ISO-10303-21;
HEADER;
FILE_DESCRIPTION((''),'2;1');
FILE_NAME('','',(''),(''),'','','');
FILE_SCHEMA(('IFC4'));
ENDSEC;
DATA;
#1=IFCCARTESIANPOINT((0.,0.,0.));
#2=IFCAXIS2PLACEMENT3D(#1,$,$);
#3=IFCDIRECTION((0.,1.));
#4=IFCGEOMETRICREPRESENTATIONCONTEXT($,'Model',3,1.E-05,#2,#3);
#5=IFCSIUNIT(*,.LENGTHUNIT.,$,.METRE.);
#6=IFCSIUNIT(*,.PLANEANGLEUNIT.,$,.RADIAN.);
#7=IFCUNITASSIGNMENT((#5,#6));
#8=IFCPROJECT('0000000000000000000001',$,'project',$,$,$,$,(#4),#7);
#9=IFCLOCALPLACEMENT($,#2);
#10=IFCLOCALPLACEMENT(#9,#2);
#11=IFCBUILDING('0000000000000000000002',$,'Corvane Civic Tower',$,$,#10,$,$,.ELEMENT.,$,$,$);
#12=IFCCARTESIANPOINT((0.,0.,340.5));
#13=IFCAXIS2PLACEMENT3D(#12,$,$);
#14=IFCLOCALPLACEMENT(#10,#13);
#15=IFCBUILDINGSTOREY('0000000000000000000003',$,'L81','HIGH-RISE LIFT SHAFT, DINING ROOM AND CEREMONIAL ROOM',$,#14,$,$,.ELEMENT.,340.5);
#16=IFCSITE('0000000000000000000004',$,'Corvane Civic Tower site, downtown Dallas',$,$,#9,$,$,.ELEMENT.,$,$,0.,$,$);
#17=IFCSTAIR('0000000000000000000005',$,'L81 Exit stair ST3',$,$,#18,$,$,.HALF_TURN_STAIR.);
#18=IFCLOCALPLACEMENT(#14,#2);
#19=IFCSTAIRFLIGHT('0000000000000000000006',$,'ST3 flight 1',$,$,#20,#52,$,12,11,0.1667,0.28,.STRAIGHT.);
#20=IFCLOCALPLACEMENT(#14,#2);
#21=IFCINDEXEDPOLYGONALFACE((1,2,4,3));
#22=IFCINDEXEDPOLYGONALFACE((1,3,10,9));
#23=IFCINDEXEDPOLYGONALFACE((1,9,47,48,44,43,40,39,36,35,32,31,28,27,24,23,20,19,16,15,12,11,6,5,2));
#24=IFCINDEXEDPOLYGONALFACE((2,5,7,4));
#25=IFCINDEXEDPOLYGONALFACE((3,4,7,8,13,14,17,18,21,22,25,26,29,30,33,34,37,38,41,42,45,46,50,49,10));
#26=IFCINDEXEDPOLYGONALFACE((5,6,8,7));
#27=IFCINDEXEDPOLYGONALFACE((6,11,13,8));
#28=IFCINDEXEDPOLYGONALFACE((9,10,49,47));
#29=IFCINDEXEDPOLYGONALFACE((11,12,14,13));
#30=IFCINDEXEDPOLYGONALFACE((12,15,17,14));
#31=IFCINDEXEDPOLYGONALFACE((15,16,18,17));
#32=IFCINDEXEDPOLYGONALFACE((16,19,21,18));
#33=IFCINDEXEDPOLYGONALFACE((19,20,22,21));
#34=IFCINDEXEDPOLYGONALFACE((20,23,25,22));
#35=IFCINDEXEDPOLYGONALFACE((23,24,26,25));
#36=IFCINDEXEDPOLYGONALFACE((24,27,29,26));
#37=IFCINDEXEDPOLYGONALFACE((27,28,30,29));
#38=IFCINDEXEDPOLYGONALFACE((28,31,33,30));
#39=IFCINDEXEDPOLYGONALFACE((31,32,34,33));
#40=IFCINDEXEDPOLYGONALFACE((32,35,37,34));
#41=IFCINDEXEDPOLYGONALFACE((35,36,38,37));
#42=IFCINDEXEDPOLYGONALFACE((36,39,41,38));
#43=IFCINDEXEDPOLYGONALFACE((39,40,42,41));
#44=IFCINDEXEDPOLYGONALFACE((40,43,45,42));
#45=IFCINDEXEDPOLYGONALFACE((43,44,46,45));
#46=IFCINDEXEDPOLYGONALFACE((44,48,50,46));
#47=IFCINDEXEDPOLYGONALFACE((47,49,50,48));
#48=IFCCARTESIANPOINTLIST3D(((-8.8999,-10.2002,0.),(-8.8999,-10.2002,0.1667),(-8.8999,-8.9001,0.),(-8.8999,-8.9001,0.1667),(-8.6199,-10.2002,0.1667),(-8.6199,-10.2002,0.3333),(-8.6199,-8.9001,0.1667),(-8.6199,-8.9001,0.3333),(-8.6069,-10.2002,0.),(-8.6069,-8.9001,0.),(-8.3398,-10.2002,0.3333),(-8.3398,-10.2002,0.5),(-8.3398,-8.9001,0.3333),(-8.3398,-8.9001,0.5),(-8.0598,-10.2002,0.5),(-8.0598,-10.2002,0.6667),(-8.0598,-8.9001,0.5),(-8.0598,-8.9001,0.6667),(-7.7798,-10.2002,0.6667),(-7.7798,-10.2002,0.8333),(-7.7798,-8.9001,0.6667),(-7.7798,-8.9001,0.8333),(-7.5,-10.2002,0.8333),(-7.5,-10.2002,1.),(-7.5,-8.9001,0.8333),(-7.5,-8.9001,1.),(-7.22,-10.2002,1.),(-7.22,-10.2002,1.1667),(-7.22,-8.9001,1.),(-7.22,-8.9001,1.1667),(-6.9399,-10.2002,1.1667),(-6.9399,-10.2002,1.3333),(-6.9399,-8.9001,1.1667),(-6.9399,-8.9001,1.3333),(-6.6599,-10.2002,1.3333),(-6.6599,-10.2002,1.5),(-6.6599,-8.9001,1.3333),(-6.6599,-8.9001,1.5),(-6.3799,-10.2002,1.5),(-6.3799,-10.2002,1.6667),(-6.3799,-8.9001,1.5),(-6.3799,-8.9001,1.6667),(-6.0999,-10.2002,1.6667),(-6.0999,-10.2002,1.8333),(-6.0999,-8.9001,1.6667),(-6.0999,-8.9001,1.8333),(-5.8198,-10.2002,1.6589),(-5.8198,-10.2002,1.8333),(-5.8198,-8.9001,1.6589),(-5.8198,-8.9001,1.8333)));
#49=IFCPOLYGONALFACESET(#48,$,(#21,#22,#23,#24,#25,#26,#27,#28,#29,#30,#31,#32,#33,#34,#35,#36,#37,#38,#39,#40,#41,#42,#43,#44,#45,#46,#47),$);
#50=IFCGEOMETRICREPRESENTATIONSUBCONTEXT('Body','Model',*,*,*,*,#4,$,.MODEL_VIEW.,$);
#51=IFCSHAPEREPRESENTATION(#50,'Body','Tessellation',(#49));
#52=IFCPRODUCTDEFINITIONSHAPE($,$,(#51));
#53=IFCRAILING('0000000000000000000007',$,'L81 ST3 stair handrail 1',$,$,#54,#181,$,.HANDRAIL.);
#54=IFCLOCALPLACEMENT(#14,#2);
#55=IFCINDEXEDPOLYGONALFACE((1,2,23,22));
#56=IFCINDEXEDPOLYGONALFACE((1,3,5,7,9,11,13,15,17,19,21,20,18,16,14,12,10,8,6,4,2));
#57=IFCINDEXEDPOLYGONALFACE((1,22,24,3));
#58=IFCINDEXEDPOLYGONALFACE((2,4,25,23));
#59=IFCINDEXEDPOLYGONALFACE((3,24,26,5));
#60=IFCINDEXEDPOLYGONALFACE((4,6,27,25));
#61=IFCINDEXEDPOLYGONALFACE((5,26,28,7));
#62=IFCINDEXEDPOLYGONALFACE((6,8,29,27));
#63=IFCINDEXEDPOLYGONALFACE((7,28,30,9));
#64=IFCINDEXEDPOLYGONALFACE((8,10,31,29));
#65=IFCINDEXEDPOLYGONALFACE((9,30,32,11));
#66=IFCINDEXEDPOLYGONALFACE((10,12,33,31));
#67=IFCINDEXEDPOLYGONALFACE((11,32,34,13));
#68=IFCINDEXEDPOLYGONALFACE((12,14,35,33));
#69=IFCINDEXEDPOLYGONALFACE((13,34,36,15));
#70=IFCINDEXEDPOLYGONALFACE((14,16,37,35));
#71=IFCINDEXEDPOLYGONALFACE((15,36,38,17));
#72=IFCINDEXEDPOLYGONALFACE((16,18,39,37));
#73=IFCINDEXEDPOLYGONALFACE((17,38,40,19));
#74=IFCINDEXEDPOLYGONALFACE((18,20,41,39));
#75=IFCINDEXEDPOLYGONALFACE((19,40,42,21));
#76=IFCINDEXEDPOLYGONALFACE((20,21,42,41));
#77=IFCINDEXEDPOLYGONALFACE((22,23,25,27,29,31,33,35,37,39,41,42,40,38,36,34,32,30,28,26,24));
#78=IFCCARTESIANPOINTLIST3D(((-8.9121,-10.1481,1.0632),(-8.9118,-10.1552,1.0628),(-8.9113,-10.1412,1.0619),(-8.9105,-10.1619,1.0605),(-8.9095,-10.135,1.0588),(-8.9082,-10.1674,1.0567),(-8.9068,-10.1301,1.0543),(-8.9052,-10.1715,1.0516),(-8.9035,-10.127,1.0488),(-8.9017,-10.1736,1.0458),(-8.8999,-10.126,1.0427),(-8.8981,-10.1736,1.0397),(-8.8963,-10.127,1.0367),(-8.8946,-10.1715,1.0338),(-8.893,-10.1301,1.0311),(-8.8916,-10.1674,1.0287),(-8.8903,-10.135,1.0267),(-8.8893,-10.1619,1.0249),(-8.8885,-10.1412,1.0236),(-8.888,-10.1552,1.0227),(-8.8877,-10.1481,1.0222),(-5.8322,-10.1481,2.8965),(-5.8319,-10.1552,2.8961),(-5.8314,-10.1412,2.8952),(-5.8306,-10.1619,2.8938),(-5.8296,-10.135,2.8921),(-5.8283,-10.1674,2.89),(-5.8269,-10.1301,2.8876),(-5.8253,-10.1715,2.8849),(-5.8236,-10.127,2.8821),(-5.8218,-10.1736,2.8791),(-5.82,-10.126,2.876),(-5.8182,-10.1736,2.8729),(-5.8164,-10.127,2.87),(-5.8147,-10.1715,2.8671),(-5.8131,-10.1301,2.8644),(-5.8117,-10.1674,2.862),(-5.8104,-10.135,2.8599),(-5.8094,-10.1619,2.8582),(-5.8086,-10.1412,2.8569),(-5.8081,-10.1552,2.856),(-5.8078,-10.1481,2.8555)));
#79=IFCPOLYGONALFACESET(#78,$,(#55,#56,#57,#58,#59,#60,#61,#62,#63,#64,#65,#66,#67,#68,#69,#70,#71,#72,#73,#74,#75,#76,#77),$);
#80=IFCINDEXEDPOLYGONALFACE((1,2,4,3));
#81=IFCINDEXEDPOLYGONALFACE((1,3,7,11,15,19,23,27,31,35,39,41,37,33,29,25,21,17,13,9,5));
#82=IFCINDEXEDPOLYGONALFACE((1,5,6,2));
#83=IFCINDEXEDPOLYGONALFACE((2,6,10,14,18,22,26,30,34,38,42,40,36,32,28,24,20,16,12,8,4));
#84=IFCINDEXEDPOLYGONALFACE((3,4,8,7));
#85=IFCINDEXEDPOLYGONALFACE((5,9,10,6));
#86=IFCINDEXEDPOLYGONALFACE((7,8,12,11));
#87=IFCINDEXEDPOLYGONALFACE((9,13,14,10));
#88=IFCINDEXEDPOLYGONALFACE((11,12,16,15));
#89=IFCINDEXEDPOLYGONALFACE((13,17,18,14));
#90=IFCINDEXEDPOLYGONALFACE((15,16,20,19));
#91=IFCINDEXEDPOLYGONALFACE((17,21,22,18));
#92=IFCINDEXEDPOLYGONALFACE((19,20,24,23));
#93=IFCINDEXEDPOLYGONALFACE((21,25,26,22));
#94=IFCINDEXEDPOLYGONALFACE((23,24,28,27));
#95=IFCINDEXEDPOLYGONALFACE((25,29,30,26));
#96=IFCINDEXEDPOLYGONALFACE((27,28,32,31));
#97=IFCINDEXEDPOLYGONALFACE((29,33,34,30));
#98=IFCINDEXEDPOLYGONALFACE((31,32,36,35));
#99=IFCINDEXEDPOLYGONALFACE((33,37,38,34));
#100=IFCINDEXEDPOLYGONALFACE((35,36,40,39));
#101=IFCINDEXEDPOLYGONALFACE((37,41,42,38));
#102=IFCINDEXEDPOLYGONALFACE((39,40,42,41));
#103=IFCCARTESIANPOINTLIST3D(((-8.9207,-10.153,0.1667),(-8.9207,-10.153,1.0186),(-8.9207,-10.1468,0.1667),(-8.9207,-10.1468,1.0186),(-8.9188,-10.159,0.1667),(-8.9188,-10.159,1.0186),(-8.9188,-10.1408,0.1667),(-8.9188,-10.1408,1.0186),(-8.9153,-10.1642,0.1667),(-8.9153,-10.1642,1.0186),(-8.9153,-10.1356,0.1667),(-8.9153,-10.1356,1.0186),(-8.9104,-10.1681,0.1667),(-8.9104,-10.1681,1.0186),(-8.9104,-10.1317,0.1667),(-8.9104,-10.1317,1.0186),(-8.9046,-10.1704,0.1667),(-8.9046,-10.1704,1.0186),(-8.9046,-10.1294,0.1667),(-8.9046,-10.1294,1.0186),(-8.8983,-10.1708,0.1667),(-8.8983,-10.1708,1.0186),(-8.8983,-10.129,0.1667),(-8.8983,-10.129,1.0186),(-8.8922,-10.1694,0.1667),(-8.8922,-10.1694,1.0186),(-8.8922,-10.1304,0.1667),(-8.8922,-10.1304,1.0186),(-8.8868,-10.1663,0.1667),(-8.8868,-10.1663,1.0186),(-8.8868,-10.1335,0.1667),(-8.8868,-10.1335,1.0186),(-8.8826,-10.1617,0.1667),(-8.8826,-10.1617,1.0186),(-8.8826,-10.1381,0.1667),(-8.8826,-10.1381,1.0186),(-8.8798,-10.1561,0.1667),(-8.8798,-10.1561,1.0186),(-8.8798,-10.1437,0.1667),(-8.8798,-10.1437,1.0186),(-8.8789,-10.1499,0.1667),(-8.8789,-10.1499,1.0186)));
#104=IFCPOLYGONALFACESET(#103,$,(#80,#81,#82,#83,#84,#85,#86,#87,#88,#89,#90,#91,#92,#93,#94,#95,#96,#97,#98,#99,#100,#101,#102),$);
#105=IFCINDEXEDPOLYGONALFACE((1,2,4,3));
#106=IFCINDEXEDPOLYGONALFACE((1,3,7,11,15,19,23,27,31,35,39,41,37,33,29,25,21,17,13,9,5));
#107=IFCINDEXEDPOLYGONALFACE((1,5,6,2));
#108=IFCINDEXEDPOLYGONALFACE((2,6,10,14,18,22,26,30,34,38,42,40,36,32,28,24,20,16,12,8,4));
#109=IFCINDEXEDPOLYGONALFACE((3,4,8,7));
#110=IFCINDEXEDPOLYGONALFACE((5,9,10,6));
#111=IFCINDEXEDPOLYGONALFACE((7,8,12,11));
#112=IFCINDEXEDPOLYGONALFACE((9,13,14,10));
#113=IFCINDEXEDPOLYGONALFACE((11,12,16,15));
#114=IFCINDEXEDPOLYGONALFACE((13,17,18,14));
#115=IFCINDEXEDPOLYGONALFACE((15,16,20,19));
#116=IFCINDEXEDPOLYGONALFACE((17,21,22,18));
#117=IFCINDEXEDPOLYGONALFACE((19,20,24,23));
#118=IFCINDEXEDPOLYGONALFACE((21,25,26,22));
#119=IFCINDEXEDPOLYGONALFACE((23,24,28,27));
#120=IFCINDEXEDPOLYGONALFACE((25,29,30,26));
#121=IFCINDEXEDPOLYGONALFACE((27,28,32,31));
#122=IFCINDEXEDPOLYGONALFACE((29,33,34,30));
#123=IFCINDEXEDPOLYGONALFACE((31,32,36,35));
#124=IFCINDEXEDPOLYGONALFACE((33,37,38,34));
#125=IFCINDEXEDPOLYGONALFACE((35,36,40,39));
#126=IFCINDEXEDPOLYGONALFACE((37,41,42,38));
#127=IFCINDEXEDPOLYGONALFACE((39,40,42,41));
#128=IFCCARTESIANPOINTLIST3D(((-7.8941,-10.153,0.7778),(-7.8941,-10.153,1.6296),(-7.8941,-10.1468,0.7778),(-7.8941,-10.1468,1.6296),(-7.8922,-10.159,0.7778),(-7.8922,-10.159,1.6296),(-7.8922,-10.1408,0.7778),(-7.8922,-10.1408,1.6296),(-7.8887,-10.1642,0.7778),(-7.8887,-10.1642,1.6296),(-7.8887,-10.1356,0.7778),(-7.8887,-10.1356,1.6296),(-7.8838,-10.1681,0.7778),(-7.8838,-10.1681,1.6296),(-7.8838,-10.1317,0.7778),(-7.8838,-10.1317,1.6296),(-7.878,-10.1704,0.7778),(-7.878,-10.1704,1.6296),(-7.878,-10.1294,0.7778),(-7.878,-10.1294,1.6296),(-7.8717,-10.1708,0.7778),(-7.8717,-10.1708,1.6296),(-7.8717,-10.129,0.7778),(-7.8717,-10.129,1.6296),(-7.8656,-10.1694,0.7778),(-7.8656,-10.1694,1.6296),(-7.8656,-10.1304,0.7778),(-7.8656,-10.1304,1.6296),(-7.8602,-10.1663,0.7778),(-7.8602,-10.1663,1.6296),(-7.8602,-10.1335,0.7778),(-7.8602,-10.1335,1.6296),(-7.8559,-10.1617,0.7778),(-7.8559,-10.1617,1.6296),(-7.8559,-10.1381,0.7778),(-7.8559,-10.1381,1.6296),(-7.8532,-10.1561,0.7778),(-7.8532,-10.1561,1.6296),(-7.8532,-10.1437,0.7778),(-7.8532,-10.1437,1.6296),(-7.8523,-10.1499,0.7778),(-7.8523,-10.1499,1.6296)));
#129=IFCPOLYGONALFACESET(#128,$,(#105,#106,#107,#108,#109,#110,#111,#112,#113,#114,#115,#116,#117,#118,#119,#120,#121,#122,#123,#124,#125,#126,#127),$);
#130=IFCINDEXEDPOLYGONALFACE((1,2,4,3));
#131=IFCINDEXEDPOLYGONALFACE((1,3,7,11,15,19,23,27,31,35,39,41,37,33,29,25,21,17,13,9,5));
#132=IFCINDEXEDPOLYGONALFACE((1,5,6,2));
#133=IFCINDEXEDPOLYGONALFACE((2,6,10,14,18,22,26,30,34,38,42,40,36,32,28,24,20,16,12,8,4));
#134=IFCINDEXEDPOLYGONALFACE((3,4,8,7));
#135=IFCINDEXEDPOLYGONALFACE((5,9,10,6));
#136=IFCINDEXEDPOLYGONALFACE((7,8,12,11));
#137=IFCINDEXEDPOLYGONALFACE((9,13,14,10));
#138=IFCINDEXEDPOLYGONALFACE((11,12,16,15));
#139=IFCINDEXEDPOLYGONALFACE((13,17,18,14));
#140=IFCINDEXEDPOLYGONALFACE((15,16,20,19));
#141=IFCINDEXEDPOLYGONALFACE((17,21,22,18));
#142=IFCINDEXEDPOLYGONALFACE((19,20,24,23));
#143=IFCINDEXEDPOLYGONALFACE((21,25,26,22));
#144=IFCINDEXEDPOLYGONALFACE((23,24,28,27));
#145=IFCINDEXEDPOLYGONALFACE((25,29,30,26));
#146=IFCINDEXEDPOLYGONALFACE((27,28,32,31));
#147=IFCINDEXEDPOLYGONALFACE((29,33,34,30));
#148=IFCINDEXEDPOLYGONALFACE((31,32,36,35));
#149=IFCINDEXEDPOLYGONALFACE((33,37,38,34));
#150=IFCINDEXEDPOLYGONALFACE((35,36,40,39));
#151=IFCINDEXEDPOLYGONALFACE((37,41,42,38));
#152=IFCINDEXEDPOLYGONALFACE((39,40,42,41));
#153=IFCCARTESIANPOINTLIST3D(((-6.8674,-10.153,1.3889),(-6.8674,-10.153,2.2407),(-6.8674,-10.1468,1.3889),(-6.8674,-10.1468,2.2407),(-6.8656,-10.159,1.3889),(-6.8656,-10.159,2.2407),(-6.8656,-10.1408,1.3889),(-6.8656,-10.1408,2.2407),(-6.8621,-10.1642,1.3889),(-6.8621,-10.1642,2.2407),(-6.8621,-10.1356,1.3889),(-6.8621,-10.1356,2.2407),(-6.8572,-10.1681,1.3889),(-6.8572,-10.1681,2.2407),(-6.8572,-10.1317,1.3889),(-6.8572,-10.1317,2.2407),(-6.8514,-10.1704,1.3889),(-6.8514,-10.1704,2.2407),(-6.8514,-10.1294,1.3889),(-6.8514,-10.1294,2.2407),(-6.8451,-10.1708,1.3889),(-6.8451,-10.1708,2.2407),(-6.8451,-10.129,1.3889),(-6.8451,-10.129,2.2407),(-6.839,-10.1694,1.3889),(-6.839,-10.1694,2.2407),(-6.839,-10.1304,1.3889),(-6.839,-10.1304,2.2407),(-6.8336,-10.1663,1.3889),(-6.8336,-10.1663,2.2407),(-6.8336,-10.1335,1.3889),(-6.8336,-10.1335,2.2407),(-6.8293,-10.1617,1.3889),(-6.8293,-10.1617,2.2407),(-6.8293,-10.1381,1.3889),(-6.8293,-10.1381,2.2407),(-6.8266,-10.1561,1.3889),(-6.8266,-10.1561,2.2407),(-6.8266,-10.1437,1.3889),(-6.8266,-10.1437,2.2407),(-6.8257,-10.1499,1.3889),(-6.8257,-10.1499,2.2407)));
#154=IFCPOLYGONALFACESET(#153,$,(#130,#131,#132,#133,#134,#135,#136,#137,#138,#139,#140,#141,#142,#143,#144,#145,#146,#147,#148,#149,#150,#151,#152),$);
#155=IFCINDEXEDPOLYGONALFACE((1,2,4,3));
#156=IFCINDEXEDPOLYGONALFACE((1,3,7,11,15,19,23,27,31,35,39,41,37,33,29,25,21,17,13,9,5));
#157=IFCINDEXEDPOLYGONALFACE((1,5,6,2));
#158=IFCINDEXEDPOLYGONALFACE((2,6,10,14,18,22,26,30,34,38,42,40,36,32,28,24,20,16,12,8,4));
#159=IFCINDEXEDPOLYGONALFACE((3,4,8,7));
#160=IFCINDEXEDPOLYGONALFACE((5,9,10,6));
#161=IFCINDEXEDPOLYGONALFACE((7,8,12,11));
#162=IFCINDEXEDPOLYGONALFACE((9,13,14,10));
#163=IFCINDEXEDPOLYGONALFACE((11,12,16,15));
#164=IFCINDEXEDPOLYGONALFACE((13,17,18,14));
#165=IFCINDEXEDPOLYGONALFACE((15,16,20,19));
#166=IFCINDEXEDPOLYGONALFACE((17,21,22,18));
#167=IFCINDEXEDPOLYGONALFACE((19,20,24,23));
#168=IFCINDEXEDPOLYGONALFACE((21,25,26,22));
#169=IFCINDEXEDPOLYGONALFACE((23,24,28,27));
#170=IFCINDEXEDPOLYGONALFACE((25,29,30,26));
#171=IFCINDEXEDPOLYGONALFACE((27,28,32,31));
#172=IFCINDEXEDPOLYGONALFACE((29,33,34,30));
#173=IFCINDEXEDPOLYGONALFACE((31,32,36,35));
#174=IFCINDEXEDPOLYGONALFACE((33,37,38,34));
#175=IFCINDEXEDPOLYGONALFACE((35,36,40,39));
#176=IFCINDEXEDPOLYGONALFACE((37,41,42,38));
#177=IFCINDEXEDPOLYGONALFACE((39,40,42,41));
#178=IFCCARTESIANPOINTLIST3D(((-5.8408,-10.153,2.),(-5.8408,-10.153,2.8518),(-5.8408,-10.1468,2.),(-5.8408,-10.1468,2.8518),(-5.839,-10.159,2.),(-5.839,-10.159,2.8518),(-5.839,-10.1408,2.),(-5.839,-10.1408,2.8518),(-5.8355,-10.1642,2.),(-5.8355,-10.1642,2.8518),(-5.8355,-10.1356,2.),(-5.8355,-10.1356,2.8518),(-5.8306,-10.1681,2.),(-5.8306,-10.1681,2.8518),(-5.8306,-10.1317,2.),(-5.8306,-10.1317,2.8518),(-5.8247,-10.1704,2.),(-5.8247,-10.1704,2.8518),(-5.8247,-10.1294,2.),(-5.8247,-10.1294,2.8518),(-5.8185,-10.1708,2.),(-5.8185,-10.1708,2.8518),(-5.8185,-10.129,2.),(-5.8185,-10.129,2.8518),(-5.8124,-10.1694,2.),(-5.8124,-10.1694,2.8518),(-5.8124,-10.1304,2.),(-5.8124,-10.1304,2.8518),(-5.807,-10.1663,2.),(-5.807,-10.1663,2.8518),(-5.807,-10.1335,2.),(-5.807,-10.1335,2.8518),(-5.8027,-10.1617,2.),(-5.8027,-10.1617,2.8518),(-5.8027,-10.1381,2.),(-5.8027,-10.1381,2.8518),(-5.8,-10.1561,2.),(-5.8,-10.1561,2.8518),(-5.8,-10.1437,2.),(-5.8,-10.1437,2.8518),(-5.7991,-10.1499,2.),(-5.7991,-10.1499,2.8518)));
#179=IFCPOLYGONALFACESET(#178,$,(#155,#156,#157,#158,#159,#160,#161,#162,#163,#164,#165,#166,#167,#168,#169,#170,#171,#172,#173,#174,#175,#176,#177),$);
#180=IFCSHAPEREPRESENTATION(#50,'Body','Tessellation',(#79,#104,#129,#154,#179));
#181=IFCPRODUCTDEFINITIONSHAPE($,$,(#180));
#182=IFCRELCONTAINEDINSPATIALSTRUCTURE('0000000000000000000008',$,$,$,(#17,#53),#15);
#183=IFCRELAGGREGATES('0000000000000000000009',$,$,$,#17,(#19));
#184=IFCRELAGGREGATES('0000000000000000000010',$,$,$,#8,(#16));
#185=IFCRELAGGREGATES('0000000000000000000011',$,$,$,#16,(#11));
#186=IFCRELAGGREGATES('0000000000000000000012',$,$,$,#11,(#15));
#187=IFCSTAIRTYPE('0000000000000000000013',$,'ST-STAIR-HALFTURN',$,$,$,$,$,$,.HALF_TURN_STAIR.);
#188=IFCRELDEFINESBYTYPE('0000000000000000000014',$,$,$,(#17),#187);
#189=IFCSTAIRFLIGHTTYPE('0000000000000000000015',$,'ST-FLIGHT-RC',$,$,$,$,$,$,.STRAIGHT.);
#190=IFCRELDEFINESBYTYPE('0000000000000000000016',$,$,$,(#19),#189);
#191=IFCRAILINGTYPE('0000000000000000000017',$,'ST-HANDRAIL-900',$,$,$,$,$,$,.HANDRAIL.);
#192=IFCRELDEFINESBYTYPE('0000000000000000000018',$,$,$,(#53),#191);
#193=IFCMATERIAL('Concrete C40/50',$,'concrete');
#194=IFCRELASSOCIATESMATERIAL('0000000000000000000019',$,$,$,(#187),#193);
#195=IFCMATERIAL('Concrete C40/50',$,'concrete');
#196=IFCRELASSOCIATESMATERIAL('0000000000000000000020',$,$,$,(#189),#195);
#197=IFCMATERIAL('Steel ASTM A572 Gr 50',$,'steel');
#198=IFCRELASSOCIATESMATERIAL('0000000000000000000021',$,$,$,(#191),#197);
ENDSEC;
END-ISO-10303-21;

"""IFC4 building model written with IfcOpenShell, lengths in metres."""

from ifc_helpers import new_model, si_unit, direction, frame, origin, origin_2d, place, context, subcontext, project, spatial, polyline, circle, outline, extrude, material, type_object, element, aggregate, save


model = new_model("IFC4")

# Units and contexts
model_context = context("Model", 3, precision=1e-05, world=origin(), true_north=direction((0.0, 1.0)))
body_context = subcontext(model_context, "Body", "Model", "MODEL_VIEW")
ifc_project = project(units=[si_unit("LENGTHUNIT", "METRE"), si_unit("PLANEANGLEUNIT", "RADIAN")], contexts=[model_context])

# Site, building, storey
site_placement = place(None, origin())
site = spatial("IfcSite", under=ifc_project, at=site_placement, Name="Corvane Civic Tower site, downtown Dallas", CompositionType="ELEMENT", RefElevation=0.0)
building_placement = place(site_placement, origin())
building = spatial("IfcBuilding", under=site, at=building_placement, Name="Corvane Civic Tower", CompositionType="ELEMENT")
storey_placement = place(building_placement, frame((0.0, 0.0, 340.5)))
storey = spatial("IfcBuildingStorey", under=building, at=storey_placement, Name="L81", Description="HIGH-RISE LIFT SHAFT, DINING ROOM AND CEREMONIAL ROOM", CompositionType="ELEMENT", Elevation=340.5)

# Stair, stair flight
ifc_material_1 = material(Name="Concrete C40/50", Category="concrete")
stair_type = type_object("IfcStairType", Name="ST-STAIR-HALFTURN", PredefinedType="HALF_TURN_STAIR", material=ifc_material_1)
stair_placement = place(storey_placement, origin())
stair = element("IfcStair", 1, at=stair_placement, inside=storey, type_object=stair_type, Name="L81 Exit stair ST3", PredefinedType="HALF_TURN_STAIR")
ifc_material_2 = material(Name="Concrete C40/50", Category="concrete")
stair_flight_type = type_object("IfcStairFlightType", Name="ST-FLIGHT-RC", PredefinedType="STRAIGHT", material=ifc_material_2)
stair_flight_placement = place(storey_placement, frame((-8.8999, -9.55, 0.0), z_axis=(0.0, 0.0, 1.0), x_axis=(1.0, 0.0, 0.0)))
stair_flight = element("IfcStairFlight", 2, at=stair_flight_placement, type_object=stair_flight_type, Name="ST3 flight 1", NumberOfRisers=12, NumberOfTreads=11, PredefinedType="STRAIGHT", RiserHeight=0.1667, TreadLength=0.28, context=body_context, shape_type="SweptSolid", body=[
    extrude(outline(polyline([(0.0, 0.0), (0.0, 0.1667), (0.28, 0.1667), (0.28, 0.3333), (0.5601, 0.3333), (0.5601, 0.5), (0.8401, 0.5), (0.8401, 0.6667), (1.1201, 0.6667), (1.1201, 0.8333), (1.3999, 0.8333), (1.3999, 1.0), (1.6799, 1.0), (1.6799, 1.1667), (1.96, 1.1667), (1.96, 1.3333), (2.24, 1.3333), (2.24, 1.5), (2.52, 1.5), (2.52, 1.6667), (2.8, 1.6667), (2.8, 1.8333), (3.0801, 1.8333), (3.0801, 2.0), (3.0801, 1.6589), (0.293, 0.0), (0.0, 0.0)])), frame((0.0, 0.6499, 0.0), z_axis=(0.0, -1.0, 0.0), x_axis=(1.0, 0.0, 0.0)), (0.0, 0.0, 1.0), 1.3),
])
aggregate(stair, [stair_flight])

# Railing
ifc_material_3 = material(Name="Steel ASTM A572 Gr 50", Category="steel")
railing_type_1 = type_object("IfcRailingType", Name="ST-HANDRAIL-900", PredefinedType="HANDRAIL", material=ifc_material_3)
railing_1_placement = place(storey_placement, frame((-8.8999, -10.1499, 0.1667)))
element("IfcRailing", 3, at=railing_1_placement, inside=storey, type_object=railing_type_1, Name="L81 ST3 stair handrail 1", PredefinedType="HANDRAIL", context=body_context, shape_type="SweptSolid", body=[
    extrude(circle(Radius=0.0239, at=origin_2d()), frame((0.0, 0.0, 0.876), z_axis=(0.859291, 0.0, 0.511487), x_axis=(0.0, 1.0, 0.0)), (0.0, 0.0, 1.0), 3.5842),
    extrude(circle(Radius=0.021, at=origin_2d()), origin(), (0.0, 0.0, 1.0), 0.8518),
    extrude(circle(Radius=0.021, at=origin_2d()), frame((1.0266, 0.0, 0.6111)), (0.0, 0.0, 1.0), 0.8518),
    extrude(circle(Radius=0.021, at=origin_2d()), frame((2.0532, 0.0, 1.2222)), (0.0, 0.0, 1.0), 0.8518),
    extrude(circle(Radius=0.021, at=origin_2d()), frame((3.0798, 0.0, 1.8333)), (0.0, 0.0, 1.0), 0.8518),
])

save(model, "model.ifc")
